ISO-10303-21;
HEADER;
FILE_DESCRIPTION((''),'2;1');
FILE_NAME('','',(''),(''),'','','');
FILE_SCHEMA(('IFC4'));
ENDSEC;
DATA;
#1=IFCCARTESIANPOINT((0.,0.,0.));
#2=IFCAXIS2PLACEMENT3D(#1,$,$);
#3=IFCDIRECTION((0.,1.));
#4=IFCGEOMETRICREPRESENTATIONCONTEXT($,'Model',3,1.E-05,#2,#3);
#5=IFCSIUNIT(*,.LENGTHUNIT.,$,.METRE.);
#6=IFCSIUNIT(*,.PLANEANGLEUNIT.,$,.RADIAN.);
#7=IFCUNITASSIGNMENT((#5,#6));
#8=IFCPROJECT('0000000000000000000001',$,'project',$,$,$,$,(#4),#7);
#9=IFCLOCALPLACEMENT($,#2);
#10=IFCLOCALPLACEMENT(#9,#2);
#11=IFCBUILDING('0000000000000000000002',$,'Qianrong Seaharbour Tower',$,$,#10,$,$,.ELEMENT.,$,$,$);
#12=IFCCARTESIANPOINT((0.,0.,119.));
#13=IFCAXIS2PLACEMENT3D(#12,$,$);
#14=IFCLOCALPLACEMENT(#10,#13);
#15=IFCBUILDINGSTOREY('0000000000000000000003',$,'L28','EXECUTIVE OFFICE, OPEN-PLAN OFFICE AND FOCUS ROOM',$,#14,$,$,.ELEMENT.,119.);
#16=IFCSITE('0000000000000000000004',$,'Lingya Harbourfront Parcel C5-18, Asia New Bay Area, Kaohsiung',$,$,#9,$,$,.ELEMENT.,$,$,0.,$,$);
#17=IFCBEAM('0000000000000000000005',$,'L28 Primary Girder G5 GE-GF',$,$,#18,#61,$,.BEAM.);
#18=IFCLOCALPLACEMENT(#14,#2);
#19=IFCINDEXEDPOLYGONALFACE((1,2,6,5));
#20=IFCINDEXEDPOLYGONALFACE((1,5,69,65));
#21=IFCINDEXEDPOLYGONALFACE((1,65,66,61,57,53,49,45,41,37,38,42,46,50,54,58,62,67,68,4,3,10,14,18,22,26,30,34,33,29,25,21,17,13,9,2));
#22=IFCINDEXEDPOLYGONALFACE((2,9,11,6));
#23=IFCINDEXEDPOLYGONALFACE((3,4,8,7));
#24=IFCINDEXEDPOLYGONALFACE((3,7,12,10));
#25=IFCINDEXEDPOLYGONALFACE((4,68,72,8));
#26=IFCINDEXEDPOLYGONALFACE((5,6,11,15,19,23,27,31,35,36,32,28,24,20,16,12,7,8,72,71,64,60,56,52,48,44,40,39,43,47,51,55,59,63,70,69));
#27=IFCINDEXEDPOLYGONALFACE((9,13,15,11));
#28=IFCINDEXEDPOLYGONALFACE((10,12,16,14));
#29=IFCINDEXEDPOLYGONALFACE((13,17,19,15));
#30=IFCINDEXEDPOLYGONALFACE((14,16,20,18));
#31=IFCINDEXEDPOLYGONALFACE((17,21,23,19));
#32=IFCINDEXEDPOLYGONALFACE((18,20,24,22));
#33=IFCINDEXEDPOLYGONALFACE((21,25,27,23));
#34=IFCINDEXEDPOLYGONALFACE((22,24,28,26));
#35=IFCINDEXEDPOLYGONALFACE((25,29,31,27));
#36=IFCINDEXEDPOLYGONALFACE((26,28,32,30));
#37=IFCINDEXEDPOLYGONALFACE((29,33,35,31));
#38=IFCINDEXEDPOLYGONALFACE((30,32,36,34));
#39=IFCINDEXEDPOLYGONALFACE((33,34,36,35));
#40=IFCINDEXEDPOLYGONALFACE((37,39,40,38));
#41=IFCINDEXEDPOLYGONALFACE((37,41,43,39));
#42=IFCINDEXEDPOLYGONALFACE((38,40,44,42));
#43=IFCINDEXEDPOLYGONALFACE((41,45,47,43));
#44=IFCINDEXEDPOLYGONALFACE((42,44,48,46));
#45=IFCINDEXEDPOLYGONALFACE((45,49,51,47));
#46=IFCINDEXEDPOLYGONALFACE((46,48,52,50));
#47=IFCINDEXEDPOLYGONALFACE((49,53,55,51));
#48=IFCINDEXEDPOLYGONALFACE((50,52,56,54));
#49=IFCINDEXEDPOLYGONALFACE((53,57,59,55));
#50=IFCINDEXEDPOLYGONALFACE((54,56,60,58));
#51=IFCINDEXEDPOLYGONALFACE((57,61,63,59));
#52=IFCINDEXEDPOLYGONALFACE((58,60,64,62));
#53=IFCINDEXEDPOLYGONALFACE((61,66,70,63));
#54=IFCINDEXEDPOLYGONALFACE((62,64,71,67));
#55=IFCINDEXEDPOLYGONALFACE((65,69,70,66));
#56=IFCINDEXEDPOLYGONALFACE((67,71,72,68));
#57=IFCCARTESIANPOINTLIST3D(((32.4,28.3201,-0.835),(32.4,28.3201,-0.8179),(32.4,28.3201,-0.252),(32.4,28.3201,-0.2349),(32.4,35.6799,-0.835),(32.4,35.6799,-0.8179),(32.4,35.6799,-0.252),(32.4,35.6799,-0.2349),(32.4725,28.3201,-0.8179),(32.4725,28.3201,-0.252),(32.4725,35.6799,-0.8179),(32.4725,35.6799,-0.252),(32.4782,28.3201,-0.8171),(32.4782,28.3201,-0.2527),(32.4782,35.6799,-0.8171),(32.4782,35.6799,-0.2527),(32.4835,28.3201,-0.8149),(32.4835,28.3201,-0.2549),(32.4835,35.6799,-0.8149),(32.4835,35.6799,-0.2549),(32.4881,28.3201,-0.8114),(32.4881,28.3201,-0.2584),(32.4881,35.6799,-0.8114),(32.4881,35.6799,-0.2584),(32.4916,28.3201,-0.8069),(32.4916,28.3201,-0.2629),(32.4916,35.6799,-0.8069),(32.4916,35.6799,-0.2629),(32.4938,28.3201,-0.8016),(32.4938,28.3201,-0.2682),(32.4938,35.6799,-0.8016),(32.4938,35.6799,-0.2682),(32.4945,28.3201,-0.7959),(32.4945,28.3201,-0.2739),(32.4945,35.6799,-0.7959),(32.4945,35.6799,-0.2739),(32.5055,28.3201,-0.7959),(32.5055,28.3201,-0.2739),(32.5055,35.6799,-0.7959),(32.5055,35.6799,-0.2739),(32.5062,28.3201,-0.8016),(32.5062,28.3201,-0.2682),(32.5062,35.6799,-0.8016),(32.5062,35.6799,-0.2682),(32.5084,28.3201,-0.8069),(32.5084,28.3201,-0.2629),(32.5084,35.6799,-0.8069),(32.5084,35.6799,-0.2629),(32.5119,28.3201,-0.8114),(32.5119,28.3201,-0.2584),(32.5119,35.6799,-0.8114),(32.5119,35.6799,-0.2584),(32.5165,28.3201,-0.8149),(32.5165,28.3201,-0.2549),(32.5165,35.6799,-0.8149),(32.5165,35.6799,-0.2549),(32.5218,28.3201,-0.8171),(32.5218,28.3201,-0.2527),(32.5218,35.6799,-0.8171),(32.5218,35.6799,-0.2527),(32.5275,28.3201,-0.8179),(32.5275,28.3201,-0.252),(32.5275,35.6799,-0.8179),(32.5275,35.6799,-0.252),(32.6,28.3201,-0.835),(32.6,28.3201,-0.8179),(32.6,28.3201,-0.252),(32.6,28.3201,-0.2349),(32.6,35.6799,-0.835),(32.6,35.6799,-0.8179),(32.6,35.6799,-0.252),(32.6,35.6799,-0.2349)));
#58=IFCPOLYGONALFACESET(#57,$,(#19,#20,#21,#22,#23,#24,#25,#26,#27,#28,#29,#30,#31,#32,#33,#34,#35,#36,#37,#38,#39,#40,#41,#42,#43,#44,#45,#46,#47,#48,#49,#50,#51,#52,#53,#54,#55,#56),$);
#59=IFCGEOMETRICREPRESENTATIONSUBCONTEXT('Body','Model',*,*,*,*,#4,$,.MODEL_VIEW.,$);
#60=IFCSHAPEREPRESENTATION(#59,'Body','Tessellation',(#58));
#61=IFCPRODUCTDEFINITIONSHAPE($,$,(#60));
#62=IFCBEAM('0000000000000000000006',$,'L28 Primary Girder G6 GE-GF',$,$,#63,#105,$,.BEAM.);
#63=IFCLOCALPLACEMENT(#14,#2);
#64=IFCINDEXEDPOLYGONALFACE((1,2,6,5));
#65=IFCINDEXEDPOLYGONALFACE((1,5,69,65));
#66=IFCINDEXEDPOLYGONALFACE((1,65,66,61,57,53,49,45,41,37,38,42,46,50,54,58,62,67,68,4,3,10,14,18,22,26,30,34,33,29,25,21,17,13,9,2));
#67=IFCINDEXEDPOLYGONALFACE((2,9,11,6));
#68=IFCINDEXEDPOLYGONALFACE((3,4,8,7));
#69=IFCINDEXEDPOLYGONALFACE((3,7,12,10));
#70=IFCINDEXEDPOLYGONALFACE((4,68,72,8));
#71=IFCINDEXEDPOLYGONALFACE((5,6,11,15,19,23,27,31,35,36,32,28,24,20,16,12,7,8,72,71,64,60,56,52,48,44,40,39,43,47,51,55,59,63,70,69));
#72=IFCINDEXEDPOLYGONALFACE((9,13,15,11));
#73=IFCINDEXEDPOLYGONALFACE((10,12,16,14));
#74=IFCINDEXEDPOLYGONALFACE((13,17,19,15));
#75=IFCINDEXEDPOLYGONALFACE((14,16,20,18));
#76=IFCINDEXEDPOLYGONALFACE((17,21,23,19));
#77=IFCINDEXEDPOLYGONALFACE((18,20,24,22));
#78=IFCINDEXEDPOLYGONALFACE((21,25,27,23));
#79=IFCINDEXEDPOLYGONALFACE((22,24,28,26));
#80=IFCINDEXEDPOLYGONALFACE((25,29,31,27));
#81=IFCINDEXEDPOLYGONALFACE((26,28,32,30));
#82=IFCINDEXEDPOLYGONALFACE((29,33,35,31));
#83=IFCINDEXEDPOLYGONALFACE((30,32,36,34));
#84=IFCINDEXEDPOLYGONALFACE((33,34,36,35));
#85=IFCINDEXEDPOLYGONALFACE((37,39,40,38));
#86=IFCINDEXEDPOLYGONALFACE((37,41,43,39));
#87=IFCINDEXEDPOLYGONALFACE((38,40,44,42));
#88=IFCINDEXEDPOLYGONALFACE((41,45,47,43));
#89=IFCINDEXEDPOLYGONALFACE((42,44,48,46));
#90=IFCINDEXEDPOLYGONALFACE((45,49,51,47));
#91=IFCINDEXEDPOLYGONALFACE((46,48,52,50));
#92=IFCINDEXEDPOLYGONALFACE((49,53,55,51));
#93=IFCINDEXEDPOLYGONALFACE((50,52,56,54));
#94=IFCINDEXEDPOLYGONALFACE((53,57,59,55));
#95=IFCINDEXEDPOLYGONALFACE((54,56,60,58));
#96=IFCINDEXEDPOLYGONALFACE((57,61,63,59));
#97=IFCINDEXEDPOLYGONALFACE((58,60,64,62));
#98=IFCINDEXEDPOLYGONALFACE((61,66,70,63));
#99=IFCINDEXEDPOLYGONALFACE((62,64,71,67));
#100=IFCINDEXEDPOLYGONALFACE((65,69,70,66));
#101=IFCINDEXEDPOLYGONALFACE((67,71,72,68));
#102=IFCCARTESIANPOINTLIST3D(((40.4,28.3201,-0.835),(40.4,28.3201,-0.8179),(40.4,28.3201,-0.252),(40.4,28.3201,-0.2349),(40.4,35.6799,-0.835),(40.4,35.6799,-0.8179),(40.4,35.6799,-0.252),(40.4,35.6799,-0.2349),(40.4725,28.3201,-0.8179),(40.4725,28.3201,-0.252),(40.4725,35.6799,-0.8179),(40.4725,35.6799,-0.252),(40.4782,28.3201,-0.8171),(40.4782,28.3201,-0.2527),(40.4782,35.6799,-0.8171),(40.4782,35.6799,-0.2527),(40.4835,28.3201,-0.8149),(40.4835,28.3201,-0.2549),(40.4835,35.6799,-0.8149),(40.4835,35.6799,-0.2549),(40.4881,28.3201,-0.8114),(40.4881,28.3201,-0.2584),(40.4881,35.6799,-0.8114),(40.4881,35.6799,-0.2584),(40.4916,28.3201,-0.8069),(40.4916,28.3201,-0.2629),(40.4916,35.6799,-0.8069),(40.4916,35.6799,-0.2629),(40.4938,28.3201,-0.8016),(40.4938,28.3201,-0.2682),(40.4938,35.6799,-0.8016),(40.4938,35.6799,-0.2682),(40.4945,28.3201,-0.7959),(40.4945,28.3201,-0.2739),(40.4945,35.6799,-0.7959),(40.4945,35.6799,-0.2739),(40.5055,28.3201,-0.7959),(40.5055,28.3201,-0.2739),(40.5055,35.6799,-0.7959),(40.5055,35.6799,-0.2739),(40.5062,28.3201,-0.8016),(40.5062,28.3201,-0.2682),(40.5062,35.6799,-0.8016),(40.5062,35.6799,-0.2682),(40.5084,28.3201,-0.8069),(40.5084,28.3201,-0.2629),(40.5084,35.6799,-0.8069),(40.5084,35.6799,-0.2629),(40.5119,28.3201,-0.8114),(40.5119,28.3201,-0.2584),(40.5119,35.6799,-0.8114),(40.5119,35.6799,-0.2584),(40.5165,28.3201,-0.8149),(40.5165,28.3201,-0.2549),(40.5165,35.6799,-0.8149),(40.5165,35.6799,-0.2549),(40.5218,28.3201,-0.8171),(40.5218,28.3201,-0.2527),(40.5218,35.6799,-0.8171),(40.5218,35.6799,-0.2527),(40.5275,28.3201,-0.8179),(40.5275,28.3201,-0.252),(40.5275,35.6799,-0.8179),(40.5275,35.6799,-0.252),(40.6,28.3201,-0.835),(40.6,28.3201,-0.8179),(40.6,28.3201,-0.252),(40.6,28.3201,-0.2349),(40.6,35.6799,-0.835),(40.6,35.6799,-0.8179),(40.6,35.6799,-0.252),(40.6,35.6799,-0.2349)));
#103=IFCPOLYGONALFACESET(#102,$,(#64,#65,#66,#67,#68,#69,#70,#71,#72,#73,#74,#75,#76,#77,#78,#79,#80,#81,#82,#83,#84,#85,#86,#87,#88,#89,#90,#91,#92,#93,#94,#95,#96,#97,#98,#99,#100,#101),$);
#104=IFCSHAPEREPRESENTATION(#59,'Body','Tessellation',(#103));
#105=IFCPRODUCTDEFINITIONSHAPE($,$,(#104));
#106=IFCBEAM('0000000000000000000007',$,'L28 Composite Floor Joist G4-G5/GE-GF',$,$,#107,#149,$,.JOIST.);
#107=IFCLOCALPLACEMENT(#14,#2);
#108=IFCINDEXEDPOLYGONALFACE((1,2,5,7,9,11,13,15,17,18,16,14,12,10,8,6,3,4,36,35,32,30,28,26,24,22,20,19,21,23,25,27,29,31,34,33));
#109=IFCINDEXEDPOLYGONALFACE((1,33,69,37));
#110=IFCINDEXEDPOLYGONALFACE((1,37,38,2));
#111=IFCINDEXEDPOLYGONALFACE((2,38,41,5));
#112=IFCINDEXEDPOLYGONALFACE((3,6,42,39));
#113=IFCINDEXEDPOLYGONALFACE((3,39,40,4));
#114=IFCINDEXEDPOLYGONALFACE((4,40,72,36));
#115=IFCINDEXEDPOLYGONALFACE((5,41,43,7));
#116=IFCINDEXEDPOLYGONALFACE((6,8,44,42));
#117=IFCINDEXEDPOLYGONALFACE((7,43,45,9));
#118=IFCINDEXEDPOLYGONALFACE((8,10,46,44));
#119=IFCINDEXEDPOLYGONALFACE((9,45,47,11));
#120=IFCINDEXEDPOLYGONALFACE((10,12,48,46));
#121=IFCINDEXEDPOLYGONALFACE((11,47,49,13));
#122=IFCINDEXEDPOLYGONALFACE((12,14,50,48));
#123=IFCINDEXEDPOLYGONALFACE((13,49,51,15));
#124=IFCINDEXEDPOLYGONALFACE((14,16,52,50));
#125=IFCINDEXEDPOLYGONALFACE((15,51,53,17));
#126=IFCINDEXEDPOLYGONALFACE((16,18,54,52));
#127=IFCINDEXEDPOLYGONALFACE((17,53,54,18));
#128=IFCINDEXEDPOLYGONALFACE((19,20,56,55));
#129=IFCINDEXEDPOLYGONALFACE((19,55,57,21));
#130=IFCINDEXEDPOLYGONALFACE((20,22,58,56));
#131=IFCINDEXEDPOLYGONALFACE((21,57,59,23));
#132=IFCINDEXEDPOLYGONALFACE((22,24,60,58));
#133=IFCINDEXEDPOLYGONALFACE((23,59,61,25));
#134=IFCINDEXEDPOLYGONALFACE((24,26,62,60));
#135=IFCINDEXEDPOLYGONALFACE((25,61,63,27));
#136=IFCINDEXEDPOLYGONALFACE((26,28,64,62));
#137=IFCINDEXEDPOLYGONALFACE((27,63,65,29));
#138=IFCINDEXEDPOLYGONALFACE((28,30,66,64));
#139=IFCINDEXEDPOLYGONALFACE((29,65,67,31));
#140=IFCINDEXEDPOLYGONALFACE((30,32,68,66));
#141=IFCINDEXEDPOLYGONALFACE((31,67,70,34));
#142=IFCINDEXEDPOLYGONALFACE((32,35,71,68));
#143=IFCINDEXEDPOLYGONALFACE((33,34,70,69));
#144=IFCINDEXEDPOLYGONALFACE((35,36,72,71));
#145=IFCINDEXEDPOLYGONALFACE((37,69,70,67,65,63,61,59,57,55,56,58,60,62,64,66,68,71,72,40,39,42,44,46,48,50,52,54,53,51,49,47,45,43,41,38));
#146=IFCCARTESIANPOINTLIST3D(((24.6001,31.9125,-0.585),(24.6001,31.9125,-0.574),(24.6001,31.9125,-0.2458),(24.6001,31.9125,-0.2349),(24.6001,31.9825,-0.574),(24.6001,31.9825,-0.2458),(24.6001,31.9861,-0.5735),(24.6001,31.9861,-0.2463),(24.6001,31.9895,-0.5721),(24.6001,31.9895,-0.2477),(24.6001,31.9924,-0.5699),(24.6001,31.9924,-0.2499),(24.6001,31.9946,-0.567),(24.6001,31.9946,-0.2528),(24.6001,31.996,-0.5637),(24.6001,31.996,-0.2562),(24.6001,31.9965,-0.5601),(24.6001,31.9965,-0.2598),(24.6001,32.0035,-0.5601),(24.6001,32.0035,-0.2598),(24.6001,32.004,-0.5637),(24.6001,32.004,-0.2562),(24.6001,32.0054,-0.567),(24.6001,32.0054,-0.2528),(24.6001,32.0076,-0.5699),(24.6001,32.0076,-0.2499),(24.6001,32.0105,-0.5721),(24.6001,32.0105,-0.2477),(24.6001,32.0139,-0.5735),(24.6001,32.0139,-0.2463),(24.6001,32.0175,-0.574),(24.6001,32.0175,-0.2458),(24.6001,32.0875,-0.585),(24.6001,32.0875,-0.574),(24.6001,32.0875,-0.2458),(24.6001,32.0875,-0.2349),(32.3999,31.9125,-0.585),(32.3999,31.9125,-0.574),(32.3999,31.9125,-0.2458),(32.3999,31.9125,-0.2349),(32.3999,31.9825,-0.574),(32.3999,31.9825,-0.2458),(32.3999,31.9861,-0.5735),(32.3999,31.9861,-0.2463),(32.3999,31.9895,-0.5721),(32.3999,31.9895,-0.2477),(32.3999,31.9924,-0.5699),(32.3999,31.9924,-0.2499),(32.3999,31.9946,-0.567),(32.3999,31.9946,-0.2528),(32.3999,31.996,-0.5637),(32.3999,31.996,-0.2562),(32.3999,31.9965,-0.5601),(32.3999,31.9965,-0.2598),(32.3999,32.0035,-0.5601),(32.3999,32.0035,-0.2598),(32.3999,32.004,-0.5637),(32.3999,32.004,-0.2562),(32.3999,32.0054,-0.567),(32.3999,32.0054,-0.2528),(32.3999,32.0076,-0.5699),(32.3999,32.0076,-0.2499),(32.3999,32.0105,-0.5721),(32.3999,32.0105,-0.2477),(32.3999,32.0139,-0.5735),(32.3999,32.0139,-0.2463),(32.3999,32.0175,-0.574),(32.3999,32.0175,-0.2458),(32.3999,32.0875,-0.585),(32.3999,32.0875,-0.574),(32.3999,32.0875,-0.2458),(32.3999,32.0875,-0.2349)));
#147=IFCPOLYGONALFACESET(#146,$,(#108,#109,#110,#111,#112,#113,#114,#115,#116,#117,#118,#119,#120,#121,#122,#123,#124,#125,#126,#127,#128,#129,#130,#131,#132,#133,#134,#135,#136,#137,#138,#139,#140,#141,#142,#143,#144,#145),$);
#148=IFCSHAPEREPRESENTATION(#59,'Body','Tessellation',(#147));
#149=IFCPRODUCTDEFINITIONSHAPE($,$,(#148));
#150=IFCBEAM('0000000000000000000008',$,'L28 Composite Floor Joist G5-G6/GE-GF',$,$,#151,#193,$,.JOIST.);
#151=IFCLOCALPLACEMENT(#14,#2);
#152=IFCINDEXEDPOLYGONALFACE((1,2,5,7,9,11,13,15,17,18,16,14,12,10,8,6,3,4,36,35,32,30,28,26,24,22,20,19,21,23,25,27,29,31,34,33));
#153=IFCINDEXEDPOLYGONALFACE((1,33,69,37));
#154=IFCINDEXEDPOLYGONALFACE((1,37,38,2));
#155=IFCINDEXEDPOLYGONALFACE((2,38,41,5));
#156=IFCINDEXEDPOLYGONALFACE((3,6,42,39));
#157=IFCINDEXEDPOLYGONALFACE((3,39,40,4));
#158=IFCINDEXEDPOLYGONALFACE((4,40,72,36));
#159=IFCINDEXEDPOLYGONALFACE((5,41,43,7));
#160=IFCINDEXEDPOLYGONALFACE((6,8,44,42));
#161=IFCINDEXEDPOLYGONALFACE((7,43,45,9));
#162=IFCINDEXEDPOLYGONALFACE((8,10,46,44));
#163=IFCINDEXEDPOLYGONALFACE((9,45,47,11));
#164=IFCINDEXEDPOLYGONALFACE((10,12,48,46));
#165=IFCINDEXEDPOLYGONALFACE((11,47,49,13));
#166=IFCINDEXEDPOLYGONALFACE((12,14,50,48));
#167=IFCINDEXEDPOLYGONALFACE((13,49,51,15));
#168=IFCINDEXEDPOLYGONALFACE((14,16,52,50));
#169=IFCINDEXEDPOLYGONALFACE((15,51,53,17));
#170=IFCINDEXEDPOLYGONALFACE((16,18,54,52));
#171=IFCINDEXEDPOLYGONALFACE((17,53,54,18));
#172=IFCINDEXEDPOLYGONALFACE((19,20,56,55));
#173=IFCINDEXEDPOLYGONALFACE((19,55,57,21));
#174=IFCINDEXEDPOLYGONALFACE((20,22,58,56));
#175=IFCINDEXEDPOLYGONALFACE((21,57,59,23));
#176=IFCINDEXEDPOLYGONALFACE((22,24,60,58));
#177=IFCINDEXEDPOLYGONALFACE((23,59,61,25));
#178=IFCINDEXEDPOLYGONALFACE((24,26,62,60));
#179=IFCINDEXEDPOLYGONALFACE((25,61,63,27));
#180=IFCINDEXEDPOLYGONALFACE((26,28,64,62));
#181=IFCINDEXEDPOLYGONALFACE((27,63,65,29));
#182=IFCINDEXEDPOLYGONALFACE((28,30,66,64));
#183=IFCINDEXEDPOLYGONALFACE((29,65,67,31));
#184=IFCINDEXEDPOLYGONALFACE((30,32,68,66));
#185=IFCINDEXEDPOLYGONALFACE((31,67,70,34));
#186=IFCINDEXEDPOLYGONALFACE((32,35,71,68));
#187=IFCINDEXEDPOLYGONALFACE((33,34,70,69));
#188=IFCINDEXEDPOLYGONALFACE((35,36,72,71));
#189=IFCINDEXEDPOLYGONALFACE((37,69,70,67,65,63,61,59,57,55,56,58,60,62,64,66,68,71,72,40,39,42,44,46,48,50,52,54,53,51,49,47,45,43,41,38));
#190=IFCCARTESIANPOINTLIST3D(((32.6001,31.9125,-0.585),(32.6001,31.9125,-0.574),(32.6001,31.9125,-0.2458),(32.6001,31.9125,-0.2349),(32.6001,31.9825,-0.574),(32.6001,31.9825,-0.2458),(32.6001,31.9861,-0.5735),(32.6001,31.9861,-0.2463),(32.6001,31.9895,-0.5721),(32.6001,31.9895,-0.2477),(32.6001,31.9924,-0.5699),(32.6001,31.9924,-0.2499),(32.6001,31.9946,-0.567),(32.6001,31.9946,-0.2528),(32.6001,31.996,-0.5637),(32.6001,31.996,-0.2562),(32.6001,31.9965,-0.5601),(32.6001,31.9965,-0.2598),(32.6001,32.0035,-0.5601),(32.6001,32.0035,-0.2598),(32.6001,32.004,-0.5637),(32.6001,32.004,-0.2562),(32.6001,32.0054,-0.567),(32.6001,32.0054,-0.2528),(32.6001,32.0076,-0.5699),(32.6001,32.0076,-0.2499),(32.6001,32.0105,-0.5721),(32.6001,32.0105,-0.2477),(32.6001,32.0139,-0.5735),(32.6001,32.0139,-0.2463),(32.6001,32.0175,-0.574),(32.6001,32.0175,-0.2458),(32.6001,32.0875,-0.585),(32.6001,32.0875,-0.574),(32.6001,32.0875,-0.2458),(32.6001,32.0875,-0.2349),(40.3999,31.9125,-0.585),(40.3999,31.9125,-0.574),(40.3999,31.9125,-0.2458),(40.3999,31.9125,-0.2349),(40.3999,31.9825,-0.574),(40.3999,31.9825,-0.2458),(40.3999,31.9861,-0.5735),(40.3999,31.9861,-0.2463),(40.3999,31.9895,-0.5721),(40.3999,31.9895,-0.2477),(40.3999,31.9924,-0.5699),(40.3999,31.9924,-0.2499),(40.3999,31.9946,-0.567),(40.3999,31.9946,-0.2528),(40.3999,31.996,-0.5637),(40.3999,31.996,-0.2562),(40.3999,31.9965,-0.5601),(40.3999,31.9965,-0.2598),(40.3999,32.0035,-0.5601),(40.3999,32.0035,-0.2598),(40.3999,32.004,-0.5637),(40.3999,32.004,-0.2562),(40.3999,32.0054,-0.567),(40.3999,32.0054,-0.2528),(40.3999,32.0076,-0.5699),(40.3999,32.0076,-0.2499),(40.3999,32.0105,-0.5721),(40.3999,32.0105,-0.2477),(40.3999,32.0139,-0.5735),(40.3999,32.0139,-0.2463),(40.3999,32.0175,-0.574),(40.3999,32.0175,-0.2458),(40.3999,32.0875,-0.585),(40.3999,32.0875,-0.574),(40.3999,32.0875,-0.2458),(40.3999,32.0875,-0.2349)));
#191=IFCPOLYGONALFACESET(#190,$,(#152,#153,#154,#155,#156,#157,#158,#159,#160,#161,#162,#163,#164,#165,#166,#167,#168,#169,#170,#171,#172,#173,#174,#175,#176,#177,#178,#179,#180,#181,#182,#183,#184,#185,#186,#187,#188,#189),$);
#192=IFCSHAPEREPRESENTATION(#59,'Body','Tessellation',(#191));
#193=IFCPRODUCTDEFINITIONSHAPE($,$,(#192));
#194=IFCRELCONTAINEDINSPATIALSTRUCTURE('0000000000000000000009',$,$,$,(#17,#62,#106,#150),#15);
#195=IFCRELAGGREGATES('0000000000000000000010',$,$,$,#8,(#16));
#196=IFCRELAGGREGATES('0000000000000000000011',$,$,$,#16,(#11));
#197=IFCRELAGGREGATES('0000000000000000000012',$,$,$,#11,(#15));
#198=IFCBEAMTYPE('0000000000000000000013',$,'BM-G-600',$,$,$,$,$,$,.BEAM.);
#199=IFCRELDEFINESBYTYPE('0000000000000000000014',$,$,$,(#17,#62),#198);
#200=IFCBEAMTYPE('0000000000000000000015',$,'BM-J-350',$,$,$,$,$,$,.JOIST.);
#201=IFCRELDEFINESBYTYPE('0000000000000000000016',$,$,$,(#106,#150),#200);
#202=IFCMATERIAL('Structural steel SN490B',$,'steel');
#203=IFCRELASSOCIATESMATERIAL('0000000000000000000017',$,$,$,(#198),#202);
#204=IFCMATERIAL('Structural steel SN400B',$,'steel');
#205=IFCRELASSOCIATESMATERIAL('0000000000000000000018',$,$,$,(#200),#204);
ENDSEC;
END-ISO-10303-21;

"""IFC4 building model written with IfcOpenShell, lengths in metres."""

from ifc_helpers import new_model, si_unit, direction, frame, origin, origin_2d, place, context, subcontext, project, spatial, i_section, extrude, material, material_profile, profile_set, type_object, element, save


model = new_model("IFC4")

# Units and contexts
model_context = context("Model", 3, precision=1e-05, world=origin(), true_north=direction((0.0, 1.0)))
body_context = subcontext(model_context, "Body", "Model", "MODEL_VIEW")
ifc_project = project(units=[si_unit("LENGTHUNIT", "METRE"), si_unit("PLANEANGLEUNIT", "RADIAN")], contexts=[model_context])

# Site, building, storey
site_placement = place(None, origin())
site = spatial("IfcSite", under=ifc_project, at=site_placement, Name="Lingya Harbourfront Parcel C5-18, Asia New Bay Area, Kaohsiung", CompositionType="ELEMENT", RefElevation=0.0)
building_placement = place(site_placement, origin())
building = spatial("IfcBuilding", under=site, at=building_placement, Name="Qianrong Seaharbour Tower", CompositionType="ELEMENT")
storey_placement = place(building_placement, frame((0.0, 0.0, 119.0)))
storey = spatial("IfcBuildingStorey", under=building, at=storey_placement, Name="L28", Description="EXECUTIVE OFFICE, OPEN-PLAN OFFICE AND FOCUS ROOM", CompositionType="ELEMENT", Elevation=119.0)

# Shared definitions
ifc_material_1 = material(Name="Structural steel SN490B", Category="steel")

# Beams
ifc_material_profile_1 = material_profile(ifc_material_1, i_section(OverallWidth=0.2, OverallDepth=0.6001, WebThickness=0.011, FlangeThickness=0.0171, FilletRadius=0.022, at=origin_2d()), Name="H600x200x11x17")
ifc_profile_set_1 = profile_set([ifc_material_profile_1], Name="Structural steel SN490B")
beam_type_1 = type_object("IfcBeamType", Name="BM-G-600", PredefinedType="BEAM", material=ifc_profile_set_1)
for number, where, z_axis, x_axis, name in (
    (1, (32.5, 28.3201, -0.5349), (0.0, 1.0, 0.0), (-1.0, 0.0, 0.0), "L28 Primary Girder G5 GE-GF"),
    (2, (40.5, 28.3201, -0.5349), (0.0, 1.0, 0.0), (-1.0, 0.0, 0.0), "L28 Primary Girder G6 GE-GF"),
):
    element("IfcBeam", number, at=place(storey_placement, frame(where, z_axis=z_axis, x_axis=x_axis)), inside=storey, type_object=beam_type_1, Name=name, PredefinedType="BEAM", context=body_context, shape_type="SweptSolid", body=[
        extrude(i_section(OverallWidth=0.2, OverallDepth=0.6001, WebThickness=0.011, FlangeThickness=0.0171, FilletRadius=0.022, at=origin_2d()), origin(), (0.0, 0.0, 1.0), 7.3599),
    ])
ifc_material_2 = material(Name="Structural steel SN400B", Category="steel")
ifc_material_profile_2 = material_profile(ifc_material_2, i_section(OverallWidth=0.175, OverallDepth=0.3501, WebThickness=0.0071, FlangeThickness=0.011, FilletRadius=0.0139, at=origin_2d()), Name="H350x175x7x11")
ifc_profile_set_2 = profile_set([ifc_material_profile_2], Name="Structural steel SN400B")
beam_type_2 = type_object("IfcBeamType", Name="BM-J-350", PredefinedType="JOIST", material=ifc_profile_set_2)
for number, where, z_axis, x_axis, name in (
    (3, (24.6001, 32.0, -0.4099), (1.0, 0.0, 0.0), (0.0, 1.0, 0.0), "L28 Composite Floor Joist G4-G5/GE-GF"),
    (4, (32.6001, 32.0, -0.4099), (1.0, 0.0, 0.0), (0.0, 1.0, 0.0), "L28 Composite Floor Joist G5-G6/GE-GF"),
):
    element("IfcBeam", number, at=place(storey_placement, frame(where, z_axis=z_axis, x_axis=x_axis)), inside=storey, type_object=beam_type_2, Name=name, PredefinedType="JOIST", context=body_context, shape_type="SweptSolid", body=[
        extrude(i_section(OverallWidth=0.175, OverallDepth=0.3501, WebThickness=0.0071, FlangeThickness=0.011, FilletRadius=0.0139, at=origin_2d()), origin(), (0.0, 0.0, 1.0), 7.7998),
    ])

save(model, "model.ifc")
